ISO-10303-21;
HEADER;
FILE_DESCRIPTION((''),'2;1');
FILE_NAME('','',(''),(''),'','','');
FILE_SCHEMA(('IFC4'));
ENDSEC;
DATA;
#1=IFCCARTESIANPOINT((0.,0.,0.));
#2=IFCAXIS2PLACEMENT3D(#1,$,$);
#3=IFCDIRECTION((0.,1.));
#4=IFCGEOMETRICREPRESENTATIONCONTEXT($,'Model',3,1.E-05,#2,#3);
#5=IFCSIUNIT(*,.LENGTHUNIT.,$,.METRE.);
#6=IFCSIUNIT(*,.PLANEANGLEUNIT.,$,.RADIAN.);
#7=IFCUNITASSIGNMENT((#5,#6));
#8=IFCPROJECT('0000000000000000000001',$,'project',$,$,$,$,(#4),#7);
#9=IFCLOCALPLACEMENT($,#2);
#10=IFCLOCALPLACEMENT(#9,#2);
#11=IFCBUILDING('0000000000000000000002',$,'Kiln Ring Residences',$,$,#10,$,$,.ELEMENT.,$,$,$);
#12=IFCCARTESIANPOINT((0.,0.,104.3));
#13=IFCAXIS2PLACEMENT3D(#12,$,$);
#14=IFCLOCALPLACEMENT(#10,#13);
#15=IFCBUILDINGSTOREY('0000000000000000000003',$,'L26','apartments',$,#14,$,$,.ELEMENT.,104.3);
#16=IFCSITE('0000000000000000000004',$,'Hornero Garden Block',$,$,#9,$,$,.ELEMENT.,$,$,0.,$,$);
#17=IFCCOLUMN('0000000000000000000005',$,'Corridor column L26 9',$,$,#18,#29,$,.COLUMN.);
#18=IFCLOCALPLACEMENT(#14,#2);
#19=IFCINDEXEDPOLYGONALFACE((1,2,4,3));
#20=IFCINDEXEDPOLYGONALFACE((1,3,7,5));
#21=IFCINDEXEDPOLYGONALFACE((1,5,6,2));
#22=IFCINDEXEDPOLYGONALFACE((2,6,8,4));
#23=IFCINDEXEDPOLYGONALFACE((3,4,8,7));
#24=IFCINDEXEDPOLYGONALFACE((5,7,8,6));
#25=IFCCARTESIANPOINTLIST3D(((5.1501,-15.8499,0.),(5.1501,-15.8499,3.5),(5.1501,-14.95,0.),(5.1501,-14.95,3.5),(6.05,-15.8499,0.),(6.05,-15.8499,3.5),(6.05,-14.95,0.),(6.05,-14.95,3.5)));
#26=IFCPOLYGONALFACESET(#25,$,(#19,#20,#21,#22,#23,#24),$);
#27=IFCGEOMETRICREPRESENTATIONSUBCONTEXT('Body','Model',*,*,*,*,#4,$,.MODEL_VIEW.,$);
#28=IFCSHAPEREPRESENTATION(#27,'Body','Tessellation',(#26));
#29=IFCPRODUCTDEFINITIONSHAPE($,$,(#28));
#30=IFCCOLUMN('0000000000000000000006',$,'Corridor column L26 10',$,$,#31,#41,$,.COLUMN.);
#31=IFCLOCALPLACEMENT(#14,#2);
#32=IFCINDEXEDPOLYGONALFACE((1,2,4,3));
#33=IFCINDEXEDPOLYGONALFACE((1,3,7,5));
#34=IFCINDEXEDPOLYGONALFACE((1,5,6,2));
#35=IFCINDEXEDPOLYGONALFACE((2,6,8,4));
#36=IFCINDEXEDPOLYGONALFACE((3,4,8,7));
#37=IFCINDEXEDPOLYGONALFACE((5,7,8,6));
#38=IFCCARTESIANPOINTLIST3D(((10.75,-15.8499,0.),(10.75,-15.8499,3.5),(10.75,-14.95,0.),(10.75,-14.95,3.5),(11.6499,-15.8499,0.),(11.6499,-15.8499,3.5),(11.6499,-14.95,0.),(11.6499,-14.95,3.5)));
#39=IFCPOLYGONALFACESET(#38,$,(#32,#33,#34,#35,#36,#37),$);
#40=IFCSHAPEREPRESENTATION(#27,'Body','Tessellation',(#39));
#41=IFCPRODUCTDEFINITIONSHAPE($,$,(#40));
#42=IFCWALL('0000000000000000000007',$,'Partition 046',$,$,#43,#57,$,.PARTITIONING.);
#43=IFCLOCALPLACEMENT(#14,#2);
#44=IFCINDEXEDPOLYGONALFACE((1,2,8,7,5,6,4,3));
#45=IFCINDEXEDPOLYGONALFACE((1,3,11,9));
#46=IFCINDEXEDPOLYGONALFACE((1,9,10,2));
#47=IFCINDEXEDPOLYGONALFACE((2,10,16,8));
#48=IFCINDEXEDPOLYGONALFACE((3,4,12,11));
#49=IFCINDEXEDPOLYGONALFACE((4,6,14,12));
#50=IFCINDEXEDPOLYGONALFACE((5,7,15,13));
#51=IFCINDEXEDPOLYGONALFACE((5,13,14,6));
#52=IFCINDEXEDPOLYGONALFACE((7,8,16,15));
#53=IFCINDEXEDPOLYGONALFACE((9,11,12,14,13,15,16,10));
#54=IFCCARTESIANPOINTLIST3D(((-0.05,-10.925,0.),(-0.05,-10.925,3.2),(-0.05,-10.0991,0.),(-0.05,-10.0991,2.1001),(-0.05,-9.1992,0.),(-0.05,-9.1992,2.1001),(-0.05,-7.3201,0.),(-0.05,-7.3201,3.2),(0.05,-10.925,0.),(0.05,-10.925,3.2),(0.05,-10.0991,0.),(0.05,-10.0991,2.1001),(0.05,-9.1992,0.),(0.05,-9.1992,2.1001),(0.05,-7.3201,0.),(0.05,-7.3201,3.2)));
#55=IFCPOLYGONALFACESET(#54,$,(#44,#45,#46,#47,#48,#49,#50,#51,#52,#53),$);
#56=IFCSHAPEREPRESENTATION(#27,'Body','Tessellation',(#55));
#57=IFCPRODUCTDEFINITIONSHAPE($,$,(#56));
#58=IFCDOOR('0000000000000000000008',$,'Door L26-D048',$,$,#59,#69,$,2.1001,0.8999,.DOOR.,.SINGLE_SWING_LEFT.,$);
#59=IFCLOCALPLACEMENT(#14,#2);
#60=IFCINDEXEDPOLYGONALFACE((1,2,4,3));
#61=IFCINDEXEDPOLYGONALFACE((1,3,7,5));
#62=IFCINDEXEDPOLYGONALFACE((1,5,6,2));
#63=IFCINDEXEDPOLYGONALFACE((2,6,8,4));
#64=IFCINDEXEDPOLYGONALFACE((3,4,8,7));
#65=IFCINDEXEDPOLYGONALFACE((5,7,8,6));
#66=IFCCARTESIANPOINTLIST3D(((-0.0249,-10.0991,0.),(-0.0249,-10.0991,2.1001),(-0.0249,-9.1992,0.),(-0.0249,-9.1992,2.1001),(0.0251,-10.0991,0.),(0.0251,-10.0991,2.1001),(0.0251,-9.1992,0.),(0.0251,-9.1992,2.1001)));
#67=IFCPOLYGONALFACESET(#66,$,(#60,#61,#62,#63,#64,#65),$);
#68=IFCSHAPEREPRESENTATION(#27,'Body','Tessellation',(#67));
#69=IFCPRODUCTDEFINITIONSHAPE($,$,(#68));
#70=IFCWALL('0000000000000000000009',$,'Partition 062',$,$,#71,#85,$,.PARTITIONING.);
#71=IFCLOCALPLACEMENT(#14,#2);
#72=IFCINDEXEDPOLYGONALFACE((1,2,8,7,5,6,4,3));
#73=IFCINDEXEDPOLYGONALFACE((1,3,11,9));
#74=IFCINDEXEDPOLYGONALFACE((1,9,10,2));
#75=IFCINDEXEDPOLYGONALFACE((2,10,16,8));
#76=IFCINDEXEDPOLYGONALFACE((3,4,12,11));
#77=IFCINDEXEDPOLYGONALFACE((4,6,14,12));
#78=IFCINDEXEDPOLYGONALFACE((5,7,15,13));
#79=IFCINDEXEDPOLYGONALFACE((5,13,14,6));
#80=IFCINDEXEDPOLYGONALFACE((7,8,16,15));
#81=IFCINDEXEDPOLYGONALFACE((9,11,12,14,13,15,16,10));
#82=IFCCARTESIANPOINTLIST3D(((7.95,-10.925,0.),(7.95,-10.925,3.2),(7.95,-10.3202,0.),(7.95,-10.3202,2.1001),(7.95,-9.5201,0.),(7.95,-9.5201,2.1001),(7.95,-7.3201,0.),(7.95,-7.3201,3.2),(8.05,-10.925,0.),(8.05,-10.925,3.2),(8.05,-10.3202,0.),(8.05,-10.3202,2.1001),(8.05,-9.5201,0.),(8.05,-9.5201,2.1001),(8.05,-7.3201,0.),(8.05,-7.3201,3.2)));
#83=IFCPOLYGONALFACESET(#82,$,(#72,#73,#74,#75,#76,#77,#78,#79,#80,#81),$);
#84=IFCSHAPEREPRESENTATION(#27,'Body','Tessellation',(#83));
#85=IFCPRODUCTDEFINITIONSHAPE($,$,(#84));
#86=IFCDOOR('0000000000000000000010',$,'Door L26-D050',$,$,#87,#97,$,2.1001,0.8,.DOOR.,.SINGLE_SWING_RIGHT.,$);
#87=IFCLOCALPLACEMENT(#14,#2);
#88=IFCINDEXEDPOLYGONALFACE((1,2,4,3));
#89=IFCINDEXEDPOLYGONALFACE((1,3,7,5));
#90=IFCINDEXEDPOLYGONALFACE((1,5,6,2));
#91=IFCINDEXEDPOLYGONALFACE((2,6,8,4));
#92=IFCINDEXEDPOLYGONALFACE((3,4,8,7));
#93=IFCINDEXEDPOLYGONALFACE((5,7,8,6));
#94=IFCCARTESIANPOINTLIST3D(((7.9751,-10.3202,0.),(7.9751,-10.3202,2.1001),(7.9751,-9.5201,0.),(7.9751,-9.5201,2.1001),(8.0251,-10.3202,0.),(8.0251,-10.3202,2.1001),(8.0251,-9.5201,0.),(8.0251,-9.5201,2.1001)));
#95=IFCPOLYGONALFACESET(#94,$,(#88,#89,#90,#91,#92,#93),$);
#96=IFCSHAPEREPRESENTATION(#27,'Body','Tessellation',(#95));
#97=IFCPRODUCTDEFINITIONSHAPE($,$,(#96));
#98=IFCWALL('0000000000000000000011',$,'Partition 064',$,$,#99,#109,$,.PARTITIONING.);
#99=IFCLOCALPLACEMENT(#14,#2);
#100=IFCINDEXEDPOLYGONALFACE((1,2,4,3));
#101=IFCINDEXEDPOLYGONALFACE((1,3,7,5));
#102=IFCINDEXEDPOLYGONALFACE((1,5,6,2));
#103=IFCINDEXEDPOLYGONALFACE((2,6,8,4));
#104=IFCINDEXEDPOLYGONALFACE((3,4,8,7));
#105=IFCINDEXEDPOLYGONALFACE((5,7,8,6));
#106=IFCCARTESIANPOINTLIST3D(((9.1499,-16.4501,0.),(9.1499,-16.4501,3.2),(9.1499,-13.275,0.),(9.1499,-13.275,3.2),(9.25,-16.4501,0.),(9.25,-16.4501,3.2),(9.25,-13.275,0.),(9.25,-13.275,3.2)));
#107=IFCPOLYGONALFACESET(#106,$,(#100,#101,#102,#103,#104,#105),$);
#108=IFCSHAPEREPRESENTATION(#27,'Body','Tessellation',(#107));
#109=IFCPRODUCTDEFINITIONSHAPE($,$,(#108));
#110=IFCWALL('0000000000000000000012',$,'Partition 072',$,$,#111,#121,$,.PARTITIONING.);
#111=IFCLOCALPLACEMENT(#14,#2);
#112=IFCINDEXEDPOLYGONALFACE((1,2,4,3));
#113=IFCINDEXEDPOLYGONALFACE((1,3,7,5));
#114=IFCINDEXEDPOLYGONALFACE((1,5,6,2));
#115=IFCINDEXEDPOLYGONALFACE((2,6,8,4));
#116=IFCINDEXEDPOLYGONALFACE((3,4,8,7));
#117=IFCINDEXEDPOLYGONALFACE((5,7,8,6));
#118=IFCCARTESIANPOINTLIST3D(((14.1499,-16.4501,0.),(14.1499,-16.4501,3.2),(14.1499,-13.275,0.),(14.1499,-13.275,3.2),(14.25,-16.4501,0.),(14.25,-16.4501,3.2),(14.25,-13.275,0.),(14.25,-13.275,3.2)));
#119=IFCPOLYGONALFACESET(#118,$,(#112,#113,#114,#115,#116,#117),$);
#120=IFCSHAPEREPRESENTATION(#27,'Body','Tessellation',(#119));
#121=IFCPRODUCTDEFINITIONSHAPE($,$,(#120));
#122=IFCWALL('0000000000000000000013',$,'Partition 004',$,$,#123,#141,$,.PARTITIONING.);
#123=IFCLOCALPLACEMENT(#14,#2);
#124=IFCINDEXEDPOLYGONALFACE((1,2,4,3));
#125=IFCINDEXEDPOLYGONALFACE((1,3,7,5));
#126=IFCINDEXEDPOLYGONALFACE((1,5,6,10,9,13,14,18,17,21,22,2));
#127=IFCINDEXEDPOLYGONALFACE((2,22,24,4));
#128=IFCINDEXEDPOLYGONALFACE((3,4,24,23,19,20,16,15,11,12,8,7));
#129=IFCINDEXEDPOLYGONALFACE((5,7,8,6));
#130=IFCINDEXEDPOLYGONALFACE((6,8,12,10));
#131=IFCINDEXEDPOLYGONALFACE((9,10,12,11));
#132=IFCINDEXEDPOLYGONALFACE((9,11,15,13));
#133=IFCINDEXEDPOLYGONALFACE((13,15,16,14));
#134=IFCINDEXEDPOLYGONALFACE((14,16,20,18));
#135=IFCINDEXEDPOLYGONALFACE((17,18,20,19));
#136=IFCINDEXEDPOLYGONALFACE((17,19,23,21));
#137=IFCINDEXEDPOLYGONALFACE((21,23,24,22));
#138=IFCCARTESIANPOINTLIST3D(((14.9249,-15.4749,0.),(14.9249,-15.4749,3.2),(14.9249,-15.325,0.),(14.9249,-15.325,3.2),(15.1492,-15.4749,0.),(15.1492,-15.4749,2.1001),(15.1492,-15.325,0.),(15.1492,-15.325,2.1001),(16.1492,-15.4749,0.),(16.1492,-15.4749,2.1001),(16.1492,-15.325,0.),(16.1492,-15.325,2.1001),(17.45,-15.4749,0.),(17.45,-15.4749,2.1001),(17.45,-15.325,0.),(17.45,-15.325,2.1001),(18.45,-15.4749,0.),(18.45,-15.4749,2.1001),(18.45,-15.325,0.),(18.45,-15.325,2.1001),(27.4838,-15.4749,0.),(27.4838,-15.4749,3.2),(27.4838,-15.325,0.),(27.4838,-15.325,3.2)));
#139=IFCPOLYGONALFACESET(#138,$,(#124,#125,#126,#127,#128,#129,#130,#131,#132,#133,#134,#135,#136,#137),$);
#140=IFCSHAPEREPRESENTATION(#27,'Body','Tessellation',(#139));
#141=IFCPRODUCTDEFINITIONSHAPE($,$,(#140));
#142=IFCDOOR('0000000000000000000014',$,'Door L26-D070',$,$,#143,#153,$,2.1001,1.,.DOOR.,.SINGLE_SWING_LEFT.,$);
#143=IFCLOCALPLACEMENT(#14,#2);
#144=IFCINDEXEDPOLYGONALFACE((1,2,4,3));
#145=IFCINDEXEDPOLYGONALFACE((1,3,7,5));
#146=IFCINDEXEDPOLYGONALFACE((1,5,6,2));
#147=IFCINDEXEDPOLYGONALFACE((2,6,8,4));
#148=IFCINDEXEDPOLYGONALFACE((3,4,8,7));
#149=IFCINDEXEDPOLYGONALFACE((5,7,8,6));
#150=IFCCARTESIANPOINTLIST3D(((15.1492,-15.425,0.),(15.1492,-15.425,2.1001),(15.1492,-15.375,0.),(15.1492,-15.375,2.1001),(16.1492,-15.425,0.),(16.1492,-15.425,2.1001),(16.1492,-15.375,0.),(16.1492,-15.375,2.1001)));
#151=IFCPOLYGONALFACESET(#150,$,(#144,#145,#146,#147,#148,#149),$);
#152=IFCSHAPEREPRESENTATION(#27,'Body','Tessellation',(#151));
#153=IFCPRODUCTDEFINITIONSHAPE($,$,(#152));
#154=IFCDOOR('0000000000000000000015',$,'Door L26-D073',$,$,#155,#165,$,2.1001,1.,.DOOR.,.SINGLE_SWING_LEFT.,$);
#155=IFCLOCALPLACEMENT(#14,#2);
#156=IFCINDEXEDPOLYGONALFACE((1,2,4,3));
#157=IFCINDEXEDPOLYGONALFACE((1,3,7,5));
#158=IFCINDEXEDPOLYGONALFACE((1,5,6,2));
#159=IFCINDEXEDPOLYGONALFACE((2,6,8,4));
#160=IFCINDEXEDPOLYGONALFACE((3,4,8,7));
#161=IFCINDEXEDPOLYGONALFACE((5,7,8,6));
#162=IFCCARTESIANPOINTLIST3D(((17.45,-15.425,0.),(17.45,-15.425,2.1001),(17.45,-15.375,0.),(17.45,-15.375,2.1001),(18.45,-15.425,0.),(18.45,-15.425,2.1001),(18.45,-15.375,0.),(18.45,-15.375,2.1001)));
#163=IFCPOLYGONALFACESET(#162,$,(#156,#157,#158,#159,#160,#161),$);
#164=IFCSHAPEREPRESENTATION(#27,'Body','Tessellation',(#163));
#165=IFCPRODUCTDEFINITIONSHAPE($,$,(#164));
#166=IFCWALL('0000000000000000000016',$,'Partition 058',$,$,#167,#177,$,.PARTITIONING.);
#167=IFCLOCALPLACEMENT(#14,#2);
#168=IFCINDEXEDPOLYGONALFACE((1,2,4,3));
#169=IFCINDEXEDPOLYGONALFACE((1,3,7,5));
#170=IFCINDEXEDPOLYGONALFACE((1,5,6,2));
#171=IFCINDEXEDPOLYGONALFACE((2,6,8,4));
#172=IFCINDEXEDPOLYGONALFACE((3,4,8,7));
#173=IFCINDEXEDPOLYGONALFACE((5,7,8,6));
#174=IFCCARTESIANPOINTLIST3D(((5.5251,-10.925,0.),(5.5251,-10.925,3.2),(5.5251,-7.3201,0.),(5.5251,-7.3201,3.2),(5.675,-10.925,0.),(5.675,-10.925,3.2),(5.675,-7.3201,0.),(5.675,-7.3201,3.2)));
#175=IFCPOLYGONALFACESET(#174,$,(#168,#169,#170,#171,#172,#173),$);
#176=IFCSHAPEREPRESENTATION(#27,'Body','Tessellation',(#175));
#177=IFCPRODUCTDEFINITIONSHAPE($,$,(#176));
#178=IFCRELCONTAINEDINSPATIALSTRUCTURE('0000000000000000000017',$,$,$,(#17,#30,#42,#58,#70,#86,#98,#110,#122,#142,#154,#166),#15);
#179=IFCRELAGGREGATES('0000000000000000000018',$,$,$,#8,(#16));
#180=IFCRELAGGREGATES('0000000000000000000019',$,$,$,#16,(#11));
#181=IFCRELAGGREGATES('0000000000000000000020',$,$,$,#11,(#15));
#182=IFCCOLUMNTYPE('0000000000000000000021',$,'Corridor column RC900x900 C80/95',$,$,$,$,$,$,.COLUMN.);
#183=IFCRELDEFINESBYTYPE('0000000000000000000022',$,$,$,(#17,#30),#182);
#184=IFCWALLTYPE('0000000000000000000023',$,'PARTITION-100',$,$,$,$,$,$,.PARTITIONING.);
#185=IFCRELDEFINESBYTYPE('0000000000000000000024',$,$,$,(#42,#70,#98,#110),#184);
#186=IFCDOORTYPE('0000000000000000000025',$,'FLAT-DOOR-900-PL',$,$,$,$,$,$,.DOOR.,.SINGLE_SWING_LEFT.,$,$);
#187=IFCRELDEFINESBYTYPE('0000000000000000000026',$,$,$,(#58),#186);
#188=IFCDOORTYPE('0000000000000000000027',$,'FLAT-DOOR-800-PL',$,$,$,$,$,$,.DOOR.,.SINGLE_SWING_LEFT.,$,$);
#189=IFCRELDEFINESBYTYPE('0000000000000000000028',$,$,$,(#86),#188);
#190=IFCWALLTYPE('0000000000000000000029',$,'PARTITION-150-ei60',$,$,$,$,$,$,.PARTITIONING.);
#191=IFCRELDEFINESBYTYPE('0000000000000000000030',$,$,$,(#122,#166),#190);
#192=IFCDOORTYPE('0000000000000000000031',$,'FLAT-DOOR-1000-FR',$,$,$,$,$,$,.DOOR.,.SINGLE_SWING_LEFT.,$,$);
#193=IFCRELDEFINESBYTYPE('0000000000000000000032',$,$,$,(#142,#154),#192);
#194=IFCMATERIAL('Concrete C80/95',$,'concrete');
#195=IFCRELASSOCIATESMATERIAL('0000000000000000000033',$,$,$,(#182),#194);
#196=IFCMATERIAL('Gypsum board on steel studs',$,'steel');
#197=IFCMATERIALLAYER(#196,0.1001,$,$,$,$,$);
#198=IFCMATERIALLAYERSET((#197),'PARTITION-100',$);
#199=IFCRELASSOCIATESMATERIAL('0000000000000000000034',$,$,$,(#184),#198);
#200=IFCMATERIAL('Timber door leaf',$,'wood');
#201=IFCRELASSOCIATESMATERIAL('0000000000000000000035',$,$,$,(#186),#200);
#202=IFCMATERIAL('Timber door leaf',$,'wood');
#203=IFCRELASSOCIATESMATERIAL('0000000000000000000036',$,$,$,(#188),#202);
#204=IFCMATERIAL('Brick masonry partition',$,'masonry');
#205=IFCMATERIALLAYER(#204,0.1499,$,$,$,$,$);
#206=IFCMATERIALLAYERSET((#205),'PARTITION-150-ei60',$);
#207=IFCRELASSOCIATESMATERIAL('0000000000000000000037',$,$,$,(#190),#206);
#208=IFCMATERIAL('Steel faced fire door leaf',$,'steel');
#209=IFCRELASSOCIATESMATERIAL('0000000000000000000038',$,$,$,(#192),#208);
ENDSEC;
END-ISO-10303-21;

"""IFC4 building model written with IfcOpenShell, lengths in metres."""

from ifc_helpers import new_model, si_unit, direction, frame, frame_2d, origin, origin_2d, place, context, subcontext, project, spatial, rectangle, extrude, material, layer, layer_set, material_profile, profile_set, type_object, element, fill, save


model = new_model("IFC4")

# Units and contexts
model_context = context("Model", 3, precision=1e-05, world=origin(), true_north=direction((0.0, 1.0)))
body_context = subcontext(model_context, "Body", "Model", "MODEL_VIEW")
ifc_project = project(units=[si_unit("LENGTHUNIT", "METRE"), si_unit("PLANEANGLEUNIT", "RADIAN")], contexts=[model_context])

# Site, building, storey
site_placement = place(None, origin())
site = spatial("IfcSite", under=ifc_project, at=site_placement, Name="Hornero Garden Block", CompositionType="ELEMENT", RefElevation=0.0)
building_placement = place(site_placement, origin())
building = spatial("IfcBuilding", under=site, at=building_placement, Name="Kiln Ring Residences", CompositionType="ELEMENT")
storey_placement = place(building_placement, frame((0.0, 0.0, 104.3)))
storey = spatial("IfcBuildingStorey", under=building, at=storey_placement, Name="L26", Description="apartments", CompositionType="ELEMENT", Elevation=104.3)

# Columns
ifc_material_1 = material(Name="Concrete C80/95", Category="concrete")
ifc_material_profile = material_profile(ifc_material_1, rectangle(XDim=0.8999, YDim=0.8999, at=origin_2d()), Name="RC900x900")
ifc_profile_set = profile_set([ifc_material_profile], Name="Concrete C80/95")
column_type = type_object("IfcColumnType", Name="Corridor column RC900x900 C80/95", PredefinedType="COLUMN", material=ifc_profile_set)
for number, where, z_axis, x_axis, name in (
    (1, (5.6001, -15.3999, 0.0), (0.0, 0.0, 1.0), (1.0, 0.0, 0.0), "Corridor column L26 9"),
    (2, (11.2, -15.3999, 0.0), (0.0, 0.0, 1.0), (1.0, 0.0, 0.0), "Corridor column L26 10"),
):
    element("IfcColumn", number, at=place(storey_placement, frame(where, z_axis=z_axis, x_axis=x_axis)), inside=storey, type_object=column_type, Name=name, PredefinedType="COLUMN", context=body_context, shape_type="SweptSolid", body=[
        extrude(rectangle(XDim=0.8999, YDim=0.8999, at=origin_2d()), origin(), (0.0, 0.0, 1.0), 3.5),
    ])

# Walls, openings, doors
ifc_material_2 = material(Name="Gypsum board on steel studs", Category="steel")
ifc_layer_1 = layer(ifc_material_2, 0.1001)
ifc_layer_set_1 = layer_set([ifc_layer_1], Name="PARTITION-100")
wall_type_1 = type_object("IfcWallType", Name="PARTITION-100", PredefinedType="PARTITIONING", material=ifc_layer_set_1)
wall_1_placement = place(storey_placement, frame((0.0, -10.925, 0.0), z_axis=(0.0, 0.0, 1.0), x_axis=(0.0, 1.0, 0.0)))
wall_1 = element("IfcWall", 3, at=wall_1_placement, inside=storey, type_object=wall_type_1, Name="Partition 046", PredefinedType="PARTITIONING", context=body_context, shape_type="SweptSolid", body=[
    extrude(rectangle(XDim=3.605, YDim=0.1001, at=frame_2d((1.8025, 0.0))), origin(), (0.0, 0.0, 1.0), 3.2),
])
opening_1_placement = place(wall_1_placement, frame((0.8259, 0.0, 0.0)))
opening_1 = element("IfcOpeningElement", 4, at=opening_1_placement, cuts=wall_1, PredefinedType="OPENING", context=body_context, shape_type="SweptSolid", body=[
    extrude(rectangle(XDim=0.8999, YDim=2.1001, at=frame_2d((0.45, 1.05))), frame((0.0, 0.0601, 0.0), z_axis=(0.0, -1.0, 0.0), x_axis=(1.0, 0.0, 0.0)), (0.0, 0.0, 1.0), 0.1201),
])
ifc_material_3 = material(Name="Timber door leaf", Category="wood")
door_type_1 = type_object("IfcDoorType", Name="FLAT-DOOR-900-PL", OperationType="SINGLE_SWING_LEFT", PredefinedType="DOOR", material=ifc_material_3)
door_1_placement = place(opening_1_placement, origin())
door_1 = element("IfcDoor", 5, at=door_1_placement, inside=storey, type_object=door_type_1, Name="Door L26-D048", OperationType="SINGLE_SWING_LEFT", OverallHeight=2.1001, OverallWidth=0.8999, PredefinedType="DOOR", context=body_context, shape_type="SweptSolid", body=[
    extrude(rectangle(XDim=0.8999, YDim=2.1001, at=frame_2d((0.45, 1.05))), frame((0.0, 0.0249, 0.0), z_axis=(0.0, -1.0, 0.0), x_axis=(1.0, 0.0, 0.0)), (0.0, 0.0, 1.0), 0.05),
])
fill(opening_1, door_1)
wall_2_placement = place(storey_placement, frame((8.0, -10.925, 0.0), z_axis=(0.0, 0.0, 1.0), x_axis=(0.0, 1.0, 0.0)))
wall_2 = element("IfcWall", 6, at=wall_2_placement, inside=storey, type_object=wall_type_1, Name="Partition 062", PredefinedType="PARTITIONING", context=body_context, shape_type="SweptSolid", body=[
    extrude(rectangle(XDim=3.605, YDim=0.1001, at=frame_2d((1.8025, 0.0))), origin(), (0.0, 0.0, 1.0), 3.2),
])
opening_2_placement = place(wall_2_placement, frame((0.605, 0.0, 0.0)))
opening_2 = element("IfcOpeningElement", 7, at=opening_2_placement, cuts=wall_2, PredefinedType="OPENING", context=body_context, shape_type="SweptSolid", body=[
    extrude(rectangle(XDim=0.8, YDim=2.1001, at=frame_2d((0.3999, 1.05))), frame((0.0, 0.0601, 0.0), z_axis=(0.0, -1.0, 0.0), x_axis=(1.0, 0.0, 0.0)), (0.0, 0.0, 1.0), 0.1201),
])
ifc_material_4 = material(Name="Timber door leaf", Category="wood")
door_type_2 = type_object("IfcDoorType", Name="FLAT-DOOR-800-PL", OperationType="SINGLE_SWING_LEFT", PredefinedType="DOOR", material=ifc_material_4)
door_2_placement = place(opening_2_placement, origin())
door_2 = element("IfcDoor", 8, at=door_2_placement, inside=storey, type_object=door_type_2, Name="Door L26-D050", OperationType="SINGLE_SWING_RIGHT", OverallHeight=2.1001, OverallWidth=0.8, PredefinedType="DOOR", context=body_context, shape_type="SweptSolid", body=[
    extrude(rectangle(XDim=0.8, YDim=2.1001, at=frame_2d((0.3999, 1.05))), frame((0.0, 0.0249, 0.0), z_axis=(0.0, -1.0, 0.0), x_axis=(1.0, 0.0, 0.0)), (0.0, 0.0, 1.0), 0.05),
])
fill(opening_2, door_2)

# Walls
for number, where, z_axis, x_axis, name in (
    (9, (9.2, -16.45, 0.0), (0.0, 0.0, 1.0), (0.0, 1.0, 0.0), "Partition 064"),
    (10, (14.2, -16.45, 0.0), (0.0, 0.0, 1.0), (0.0, 1.0, 0.0), "Partition 072"),
):
    element("IfcWall", number, at=place(storey_placement, frame(where, z_axis=z_axis, x_axis=x_axis)), inside=storey, type_object=wall_type_1, Name=name, PredefinedType="PARTITIONING", context=body_context, shape_type="SweptSolid", body=[
        extrude(rectangle(XDim=3.175, YDim=0.1001, at=frame_2d((1.5874, 0.0))), origin(), (0.0, 0.0, 1.0), 3.2),
    ])

# Wall, openings, doors
ifc_material_5 = material(Name="Brick masonry partition", Category="masonry")
ifc_layer_2 = layer(ifc_material_5, 0.1499)
ifc_layer_set_2 = layer_set([ifc_layer_2], Name="PARTITION-150-ei60")
wall_type_2 = type_object("IfcWallType", Name="PARTITION-150-ei60", PredefinedType="PARTITIONING", material=ifc_layer_set_2)
wall_3_placement = place(storey_placement, frame((14.925, -15.3999, 0.0), z_axis=(0.0, 0.0, 1.0), x_axis=(1.0, 0.0, 0.0)))
wall_3 = element("IfcWall", 11, at=wall_3_placement, inside=storey, type_object=wall_type_2, Name="Partition 004", PredefinedType="PARTITIONING", context=body_context, shape_type="SweptSolid", body=[
    extrude(rectangle(XDim=12.5588, YDim=0.1499, at=frame_2d((6.2793, 0.0))), origin(), (0.0, 0.0, 1.0), 3.2),
])
opening_3_placement = place(wall_3_placement, frame((0.2241, 0.0, 0.0)))
opening_3 = element("IfcOpeningElement", 12, at=opening_3_placement, cuts=wall_3, PredefinedType="OPENING", context=body_context, shape_type="SweptSolid", body=[
    extrude(rectangle(XDim=1.0, YDim=2.1001, at=frame_2d((0.5, 1.05))), frame((0.0, 0.085, 0.0), z_axis=(0.0, -1.0, 0.0), x_axis=(1.0, 0.0, 0.0)), (0.0, 0.0, 1.0), 0.1699),
])
opening_4_placement = place(wall_3_placement, frame((2.5249, 0.0, 0.0)))
opening_4 = element("IfcOpeningElement", 13, at=opening_4_placement, cuts=wall_3, PredefinedType="OPENING", context=body_context, shape_type="SweptSolid", body=[
    extrude(rectangle(XDim=1.0, YDim=2.1001, at=frame_2d((0.5, 1.05))), frame((0.0, 0.085, 0.0), z_axis=(0.0, -1.0, 0.0), x_axis=(1.0, 0.0, 0.0)), (0.0, 0.0, 1.0), 0.1699),
])
ifc_material_6 = material(Name="Steel faced fire door leaf", Category="steel")
door_type_3 = type_object("IfcDoorType", Name="FLAT-DOOR-1000-FR", OperationType="SINGLE_SWING_LEFT", PredefinedType="DOOR", material=ifc_material_6)
door_3_placement = place(opening_3_placement, origin())
door_3 = element("IfcDoor", 14, at=door_3_placement, inside=storey, type_object=door_type_3, Name="Door L26-D070", OperationType="SINGLE_SWING_LEFT", OverallHeight=2.1001, OverallWidth=1.0, PredefinedType="DOOR", context=body_context, shape_type="SweptSolid", body=[
    extrude(rectangle(XDim=1.0, YDim=2.1001, at=frame_2d((0.5, 1.05))), frame((0.0, 0.0249, 0.0), z_axis=(0.0, -1.0, 0.0), x_axis=(1.0, 0.0, 0.0)), (0.0, 0.0, 1.0), 0.05),
])
fill(opening_3, door_3)
door_4_placement = place(opening_4_placement, origin())
door_4 = element("IfcDoor", 15, at=door_4_placement, inside=storey, type_object=door_type_3, Name="Door L26-D073", OperationType="SINGLE_SWING_LEFT", OverallHeight=2.1001, OverallWidth=1.0, PredefinedType="DOOR", context=body_context, shape_type="SweptSolid", body=[
    extrude(rectangle(XDim=1.0, YDim=2.1001, at=frame_2d((0.5, 1.05))), frame((0.0, 0.0249, 0.0), z_axis=(0.0, -1.0, 0.0), x_axis=(1.0, 0.0, 0.0)), (0.0, 0.0, 1.0), 0.05),
])
fill(opening_4, door_4)

# Wall
wall_4_placement = place(storey_placement, frame((5.6001, -10.925, 0.0), z_axis=(0.0, 0.0, 1.0), x_axis=(0.0, 1.0, 0.0)))
element("IfcWall", 16, at=wall_4_placement, inside=storey, type_object=wall_type_2, Name="Partition 058", PredefinedType="PARTITIONING", context=body_context, shape_type="SweptSolid", body=[
    extrude(rectangle(XDim=3.605, YDim=0.1499, at=frame_2d((1.8025, 0.0))), origin(), (0.0, 0.0, 1.0), 3.2),
])

save(model, "model.ifc")
